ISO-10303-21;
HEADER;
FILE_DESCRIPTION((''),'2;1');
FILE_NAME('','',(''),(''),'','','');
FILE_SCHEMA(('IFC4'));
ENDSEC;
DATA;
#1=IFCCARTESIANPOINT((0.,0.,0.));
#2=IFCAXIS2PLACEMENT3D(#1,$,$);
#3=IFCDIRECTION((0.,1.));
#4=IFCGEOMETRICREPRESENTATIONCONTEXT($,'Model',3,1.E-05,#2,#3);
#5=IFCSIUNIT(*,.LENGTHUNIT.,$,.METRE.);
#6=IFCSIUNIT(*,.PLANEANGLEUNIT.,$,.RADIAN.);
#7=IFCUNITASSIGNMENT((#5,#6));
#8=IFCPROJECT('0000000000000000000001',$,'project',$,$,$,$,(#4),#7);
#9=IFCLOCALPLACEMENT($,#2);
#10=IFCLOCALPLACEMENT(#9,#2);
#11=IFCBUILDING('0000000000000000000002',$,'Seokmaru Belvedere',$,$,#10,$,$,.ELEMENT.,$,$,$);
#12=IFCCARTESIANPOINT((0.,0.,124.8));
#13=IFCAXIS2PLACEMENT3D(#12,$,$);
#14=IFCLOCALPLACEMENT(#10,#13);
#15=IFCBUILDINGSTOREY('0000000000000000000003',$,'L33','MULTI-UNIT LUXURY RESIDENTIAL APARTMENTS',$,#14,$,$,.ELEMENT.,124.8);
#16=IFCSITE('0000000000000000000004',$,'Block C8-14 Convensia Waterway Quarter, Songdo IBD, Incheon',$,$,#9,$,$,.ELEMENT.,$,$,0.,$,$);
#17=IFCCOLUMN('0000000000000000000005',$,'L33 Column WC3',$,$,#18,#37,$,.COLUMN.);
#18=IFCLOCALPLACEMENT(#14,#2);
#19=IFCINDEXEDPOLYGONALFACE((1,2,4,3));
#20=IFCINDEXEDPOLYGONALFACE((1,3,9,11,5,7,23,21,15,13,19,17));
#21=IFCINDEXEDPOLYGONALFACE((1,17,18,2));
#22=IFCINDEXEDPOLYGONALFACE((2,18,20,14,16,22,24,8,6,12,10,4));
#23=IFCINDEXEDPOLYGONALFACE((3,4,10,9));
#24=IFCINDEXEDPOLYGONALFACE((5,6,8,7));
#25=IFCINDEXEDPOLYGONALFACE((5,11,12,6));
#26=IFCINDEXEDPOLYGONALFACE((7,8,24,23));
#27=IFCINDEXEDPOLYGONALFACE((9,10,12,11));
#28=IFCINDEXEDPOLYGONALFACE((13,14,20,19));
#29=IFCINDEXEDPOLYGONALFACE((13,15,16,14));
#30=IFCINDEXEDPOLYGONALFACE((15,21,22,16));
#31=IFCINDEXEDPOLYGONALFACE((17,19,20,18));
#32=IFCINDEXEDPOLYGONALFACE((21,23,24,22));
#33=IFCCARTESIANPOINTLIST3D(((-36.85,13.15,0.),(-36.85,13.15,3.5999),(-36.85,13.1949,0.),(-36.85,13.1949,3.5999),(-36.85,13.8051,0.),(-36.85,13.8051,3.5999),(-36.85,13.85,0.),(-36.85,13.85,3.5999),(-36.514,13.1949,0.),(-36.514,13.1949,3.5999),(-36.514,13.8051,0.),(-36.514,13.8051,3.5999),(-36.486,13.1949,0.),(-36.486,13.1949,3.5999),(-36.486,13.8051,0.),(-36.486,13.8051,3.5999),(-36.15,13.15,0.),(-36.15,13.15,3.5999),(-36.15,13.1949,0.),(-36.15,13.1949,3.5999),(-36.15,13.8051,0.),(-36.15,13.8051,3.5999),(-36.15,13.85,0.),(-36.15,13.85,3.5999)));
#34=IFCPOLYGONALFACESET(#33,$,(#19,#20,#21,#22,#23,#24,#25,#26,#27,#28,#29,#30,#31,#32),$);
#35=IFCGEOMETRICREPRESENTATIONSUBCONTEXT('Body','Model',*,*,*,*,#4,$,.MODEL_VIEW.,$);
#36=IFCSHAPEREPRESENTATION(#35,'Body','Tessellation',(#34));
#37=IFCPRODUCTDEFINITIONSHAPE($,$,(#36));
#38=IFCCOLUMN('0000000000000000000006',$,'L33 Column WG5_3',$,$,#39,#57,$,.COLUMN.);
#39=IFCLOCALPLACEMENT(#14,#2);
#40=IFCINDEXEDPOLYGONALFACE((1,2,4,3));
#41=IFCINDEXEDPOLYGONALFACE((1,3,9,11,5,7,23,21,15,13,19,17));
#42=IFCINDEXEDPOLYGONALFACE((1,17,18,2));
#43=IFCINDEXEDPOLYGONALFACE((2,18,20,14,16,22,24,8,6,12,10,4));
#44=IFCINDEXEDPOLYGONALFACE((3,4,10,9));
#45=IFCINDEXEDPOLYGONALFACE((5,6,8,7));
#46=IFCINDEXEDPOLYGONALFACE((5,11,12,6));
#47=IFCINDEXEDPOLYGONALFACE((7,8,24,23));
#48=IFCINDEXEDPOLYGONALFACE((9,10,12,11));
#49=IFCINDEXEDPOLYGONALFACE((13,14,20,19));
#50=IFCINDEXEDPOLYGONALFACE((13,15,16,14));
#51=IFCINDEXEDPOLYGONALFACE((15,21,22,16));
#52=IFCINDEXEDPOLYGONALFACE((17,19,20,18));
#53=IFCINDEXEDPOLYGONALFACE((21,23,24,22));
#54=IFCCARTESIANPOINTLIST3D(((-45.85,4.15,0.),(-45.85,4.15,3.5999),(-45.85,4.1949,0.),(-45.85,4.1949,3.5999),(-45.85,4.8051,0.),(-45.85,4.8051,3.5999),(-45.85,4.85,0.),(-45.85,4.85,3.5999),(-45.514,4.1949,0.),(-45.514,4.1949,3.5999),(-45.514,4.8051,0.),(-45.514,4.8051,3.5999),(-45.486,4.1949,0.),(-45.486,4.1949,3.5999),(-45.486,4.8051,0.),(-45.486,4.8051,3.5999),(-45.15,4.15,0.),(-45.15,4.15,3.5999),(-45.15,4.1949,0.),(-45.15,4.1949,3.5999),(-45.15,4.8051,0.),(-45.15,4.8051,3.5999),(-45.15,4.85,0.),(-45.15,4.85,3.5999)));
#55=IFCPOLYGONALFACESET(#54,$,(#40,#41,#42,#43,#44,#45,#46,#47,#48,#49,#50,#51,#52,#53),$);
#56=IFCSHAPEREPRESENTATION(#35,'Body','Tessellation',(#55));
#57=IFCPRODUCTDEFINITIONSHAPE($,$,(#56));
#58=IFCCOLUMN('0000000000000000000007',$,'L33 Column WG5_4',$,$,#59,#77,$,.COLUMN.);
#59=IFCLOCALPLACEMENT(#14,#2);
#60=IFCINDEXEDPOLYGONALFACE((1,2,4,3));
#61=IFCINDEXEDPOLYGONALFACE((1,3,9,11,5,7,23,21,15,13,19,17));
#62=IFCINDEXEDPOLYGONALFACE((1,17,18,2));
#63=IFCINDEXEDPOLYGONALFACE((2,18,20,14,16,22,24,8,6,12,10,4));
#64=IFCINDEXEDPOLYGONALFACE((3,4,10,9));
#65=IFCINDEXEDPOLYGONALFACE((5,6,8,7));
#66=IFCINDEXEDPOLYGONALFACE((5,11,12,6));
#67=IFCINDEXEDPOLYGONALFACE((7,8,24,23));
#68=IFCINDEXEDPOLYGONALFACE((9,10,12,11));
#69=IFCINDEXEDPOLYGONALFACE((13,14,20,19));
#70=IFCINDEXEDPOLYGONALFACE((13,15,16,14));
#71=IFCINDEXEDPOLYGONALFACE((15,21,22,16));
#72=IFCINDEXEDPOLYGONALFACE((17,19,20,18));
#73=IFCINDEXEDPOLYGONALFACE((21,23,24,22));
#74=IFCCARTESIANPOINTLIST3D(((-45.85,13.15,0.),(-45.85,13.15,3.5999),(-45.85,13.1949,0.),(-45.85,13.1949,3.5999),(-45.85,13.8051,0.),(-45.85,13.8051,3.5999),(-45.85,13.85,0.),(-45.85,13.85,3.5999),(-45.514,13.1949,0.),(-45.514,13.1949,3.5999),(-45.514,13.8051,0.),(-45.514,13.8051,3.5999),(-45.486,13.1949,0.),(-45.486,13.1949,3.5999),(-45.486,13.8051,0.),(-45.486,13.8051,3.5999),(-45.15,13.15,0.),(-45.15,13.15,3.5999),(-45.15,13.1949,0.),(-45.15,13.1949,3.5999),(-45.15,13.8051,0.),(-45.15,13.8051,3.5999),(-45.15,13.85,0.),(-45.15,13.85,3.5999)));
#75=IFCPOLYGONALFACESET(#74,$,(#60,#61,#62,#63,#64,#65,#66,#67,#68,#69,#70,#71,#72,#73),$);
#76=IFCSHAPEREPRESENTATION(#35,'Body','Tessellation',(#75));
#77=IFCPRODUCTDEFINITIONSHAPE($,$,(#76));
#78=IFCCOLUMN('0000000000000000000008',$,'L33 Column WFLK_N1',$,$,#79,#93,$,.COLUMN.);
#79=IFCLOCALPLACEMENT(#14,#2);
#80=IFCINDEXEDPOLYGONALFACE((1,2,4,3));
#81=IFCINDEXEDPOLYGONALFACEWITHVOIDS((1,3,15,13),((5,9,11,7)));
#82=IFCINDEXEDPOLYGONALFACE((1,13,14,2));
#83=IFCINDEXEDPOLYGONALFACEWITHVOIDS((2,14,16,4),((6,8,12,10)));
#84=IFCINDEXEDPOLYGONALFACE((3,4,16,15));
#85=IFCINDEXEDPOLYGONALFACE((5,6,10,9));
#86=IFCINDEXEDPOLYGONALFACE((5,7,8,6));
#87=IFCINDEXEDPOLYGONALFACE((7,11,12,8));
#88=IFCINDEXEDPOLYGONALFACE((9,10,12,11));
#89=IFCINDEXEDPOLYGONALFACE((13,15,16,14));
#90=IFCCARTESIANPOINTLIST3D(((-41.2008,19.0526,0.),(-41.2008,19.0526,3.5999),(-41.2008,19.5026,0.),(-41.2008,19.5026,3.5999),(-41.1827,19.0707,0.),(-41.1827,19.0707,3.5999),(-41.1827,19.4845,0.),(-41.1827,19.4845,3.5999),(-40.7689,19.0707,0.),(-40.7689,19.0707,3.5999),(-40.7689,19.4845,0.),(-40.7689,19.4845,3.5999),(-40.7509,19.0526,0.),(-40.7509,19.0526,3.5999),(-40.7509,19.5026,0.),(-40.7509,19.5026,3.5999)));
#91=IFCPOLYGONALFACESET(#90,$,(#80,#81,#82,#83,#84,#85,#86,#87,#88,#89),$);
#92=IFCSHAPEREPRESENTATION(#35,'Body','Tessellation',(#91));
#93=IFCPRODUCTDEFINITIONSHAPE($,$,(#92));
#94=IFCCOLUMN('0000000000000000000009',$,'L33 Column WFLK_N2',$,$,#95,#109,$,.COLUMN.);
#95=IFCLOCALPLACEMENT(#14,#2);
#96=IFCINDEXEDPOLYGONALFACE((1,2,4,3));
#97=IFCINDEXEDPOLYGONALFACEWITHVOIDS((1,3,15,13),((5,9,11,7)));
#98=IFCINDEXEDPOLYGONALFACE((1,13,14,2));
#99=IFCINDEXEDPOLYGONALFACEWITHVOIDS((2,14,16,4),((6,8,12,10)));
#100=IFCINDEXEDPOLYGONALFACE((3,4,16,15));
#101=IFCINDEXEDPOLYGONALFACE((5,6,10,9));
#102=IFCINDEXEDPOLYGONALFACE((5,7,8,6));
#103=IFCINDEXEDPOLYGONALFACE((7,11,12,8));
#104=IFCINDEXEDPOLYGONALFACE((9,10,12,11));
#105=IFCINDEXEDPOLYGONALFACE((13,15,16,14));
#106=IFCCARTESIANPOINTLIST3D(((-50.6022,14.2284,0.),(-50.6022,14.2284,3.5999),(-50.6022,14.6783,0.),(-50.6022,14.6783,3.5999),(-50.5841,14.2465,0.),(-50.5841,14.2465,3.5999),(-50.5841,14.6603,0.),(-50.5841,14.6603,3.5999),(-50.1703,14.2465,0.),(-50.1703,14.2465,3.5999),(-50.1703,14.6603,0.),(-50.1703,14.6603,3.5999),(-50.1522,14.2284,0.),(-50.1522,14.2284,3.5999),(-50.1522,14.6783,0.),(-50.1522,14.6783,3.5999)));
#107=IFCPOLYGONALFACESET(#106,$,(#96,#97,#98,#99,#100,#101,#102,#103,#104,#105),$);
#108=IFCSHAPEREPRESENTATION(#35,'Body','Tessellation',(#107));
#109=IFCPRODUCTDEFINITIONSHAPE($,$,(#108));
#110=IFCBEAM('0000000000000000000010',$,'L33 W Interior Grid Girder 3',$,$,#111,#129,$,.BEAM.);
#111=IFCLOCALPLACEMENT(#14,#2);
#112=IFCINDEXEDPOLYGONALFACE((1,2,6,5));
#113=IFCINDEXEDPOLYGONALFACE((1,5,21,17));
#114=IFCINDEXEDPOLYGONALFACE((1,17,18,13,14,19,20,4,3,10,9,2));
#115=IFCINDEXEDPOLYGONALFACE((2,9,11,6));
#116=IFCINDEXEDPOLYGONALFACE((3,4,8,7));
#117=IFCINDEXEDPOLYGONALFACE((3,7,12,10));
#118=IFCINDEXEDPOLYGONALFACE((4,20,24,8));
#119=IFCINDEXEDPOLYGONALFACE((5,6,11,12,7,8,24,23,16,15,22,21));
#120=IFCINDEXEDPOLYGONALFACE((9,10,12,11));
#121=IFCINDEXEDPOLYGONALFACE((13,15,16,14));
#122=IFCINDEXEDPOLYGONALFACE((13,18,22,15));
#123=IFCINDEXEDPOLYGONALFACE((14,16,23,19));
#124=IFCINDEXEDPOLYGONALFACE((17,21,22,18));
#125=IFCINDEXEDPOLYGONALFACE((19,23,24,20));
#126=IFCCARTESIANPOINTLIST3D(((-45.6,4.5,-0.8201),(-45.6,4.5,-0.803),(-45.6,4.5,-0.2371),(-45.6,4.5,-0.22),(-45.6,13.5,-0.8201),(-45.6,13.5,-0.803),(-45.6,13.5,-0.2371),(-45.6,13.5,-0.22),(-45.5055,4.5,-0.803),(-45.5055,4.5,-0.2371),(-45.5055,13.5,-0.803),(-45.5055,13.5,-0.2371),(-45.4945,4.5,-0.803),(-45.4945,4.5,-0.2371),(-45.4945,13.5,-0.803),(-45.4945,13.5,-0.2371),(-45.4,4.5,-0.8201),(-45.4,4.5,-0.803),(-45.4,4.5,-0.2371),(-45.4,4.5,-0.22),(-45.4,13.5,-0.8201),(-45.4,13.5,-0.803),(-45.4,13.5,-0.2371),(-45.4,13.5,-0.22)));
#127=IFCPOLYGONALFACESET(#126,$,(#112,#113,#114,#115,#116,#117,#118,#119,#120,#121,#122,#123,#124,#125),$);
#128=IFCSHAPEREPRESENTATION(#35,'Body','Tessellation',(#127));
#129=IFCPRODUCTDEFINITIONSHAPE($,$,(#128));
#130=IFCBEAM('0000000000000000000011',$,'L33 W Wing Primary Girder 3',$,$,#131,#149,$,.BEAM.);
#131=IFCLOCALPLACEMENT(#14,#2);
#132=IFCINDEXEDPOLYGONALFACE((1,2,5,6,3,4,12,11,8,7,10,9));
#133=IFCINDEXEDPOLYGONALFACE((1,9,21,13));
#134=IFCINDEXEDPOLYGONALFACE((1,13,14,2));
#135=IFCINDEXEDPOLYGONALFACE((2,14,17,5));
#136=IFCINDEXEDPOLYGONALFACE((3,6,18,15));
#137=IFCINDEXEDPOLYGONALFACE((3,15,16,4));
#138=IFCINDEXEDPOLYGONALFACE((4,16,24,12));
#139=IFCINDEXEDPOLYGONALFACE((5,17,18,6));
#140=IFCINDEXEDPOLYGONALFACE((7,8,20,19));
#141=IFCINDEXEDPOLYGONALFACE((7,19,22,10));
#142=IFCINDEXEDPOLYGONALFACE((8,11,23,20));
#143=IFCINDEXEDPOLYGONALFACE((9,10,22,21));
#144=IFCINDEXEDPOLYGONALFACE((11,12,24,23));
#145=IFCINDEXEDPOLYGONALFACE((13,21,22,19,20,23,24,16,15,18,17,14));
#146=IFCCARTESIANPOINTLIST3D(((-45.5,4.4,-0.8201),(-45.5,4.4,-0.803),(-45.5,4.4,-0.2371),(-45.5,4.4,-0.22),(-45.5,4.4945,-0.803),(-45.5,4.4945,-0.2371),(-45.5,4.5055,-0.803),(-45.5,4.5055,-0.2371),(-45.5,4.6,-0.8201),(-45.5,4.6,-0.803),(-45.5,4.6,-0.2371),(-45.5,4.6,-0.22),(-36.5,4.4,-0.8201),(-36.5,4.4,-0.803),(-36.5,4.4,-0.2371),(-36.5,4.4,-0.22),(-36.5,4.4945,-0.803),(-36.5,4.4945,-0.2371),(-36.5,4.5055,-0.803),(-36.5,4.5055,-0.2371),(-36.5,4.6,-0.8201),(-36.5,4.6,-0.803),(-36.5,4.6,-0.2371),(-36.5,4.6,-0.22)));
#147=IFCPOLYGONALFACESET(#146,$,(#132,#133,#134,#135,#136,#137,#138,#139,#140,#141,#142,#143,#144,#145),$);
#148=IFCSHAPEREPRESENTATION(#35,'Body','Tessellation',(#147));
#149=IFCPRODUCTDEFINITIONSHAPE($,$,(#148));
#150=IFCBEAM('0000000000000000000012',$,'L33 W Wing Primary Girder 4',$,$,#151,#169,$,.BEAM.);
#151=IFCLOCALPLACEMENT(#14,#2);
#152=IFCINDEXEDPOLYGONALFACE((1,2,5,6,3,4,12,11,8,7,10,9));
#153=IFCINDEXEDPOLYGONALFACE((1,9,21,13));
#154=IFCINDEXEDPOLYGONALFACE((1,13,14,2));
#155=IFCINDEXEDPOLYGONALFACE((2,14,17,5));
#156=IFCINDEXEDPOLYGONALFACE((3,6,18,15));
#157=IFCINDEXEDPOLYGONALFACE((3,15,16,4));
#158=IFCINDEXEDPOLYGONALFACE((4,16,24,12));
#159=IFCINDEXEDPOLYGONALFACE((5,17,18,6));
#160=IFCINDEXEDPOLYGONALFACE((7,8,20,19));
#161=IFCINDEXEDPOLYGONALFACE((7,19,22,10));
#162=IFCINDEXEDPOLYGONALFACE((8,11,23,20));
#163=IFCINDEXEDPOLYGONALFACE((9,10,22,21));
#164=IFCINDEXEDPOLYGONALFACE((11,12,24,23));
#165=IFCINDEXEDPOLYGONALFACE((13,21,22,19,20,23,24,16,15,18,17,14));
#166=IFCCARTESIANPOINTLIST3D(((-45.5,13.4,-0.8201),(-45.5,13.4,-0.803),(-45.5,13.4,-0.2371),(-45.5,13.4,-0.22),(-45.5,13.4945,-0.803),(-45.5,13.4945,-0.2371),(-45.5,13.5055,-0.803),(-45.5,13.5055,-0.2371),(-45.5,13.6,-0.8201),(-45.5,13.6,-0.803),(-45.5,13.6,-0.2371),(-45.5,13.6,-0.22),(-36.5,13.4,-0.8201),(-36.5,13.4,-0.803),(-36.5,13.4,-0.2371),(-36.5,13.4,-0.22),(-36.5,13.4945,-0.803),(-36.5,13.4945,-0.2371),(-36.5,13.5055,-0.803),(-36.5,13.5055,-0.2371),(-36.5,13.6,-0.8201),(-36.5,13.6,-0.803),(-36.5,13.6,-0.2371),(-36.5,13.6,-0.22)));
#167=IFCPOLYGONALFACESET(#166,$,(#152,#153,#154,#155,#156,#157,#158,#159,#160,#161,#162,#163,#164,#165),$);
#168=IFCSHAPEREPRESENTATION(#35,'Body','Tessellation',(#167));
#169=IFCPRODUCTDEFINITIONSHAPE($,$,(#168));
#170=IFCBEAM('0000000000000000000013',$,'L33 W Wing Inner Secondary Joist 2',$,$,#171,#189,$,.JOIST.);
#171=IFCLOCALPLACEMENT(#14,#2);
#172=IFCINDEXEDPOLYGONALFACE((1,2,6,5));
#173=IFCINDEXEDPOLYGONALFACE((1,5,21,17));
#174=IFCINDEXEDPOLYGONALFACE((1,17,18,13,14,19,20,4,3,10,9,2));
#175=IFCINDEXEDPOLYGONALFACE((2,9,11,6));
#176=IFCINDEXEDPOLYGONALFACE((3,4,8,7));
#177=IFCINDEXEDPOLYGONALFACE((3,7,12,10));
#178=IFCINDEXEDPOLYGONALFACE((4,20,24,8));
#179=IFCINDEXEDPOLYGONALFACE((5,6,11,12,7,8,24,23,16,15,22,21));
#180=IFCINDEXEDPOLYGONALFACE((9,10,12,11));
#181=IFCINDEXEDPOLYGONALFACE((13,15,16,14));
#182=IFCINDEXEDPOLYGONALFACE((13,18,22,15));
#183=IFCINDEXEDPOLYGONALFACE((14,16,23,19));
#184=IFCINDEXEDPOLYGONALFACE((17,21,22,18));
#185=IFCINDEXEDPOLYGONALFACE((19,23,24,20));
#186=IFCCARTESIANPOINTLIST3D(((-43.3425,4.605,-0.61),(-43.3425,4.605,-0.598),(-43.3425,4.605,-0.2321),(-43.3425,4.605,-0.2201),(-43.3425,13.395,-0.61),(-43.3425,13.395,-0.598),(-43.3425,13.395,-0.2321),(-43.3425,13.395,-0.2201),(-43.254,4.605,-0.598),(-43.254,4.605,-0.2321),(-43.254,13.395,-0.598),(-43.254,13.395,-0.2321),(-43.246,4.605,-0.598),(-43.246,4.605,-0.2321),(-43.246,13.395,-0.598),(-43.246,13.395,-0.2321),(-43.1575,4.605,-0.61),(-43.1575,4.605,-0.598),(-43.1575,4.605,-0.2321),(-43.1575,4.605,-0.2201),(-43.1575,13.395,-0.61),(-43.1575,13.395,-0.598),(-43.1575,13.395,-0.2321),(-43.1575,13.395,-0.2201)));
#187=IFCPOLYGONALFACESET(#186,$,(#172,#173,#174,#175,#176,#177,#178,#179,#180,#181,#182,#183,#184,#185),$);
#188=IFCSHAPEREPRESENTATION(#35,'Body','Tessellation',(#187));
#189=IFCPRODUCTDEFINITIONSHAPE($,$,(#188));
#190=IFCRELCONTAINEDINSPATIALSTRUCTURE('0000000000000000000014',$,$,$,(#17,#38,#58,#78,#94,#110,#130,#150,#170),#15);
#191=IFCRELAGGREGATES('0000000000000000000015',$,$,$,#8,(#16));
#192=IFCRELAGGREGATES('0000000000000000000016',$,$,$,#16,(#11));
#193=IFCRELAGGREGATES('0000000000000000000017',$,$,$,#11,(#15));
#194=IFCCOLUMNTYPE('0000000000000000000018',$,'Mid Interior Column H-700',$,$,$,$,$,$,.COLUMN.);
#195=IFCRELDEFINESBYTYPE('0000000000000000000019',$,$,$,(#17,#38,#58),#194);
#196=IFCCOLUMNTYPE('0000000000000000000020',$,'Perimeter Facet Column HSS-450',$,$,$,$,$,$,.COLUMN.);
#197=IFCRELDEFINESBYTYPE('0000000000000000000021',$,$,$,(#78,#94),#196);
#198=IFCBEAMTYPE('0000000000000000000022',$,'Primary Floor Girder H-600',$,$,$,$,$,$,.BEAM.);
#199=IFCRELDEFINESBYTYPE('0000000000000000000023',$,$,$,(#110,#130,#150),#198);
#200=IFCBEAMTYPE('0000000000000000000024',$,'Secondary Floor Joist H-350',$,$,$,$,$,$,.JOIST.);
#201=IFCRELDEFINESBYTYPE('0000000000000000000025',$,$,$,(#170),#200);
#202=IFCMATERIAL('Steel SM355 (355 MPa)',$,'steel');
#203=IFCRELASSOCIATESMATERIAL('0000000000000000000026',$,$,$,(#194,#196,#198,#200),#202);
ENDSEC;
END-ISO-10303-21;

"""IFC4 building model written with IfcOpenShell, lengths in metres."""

from ifc_helpers import new_model, si_unit, direction, frame, origin, origin_2d, place, context, subcontext, project, spatial, hollow_rectangle, i_section, extrude, source, transform, mapped, material, material_profile, profile_set, type_object, type_shapes, element, save


model = new_model("IFC4")

# Units and contexts
model_context = context("Model", 3, precision=1e-05, world=origin(), true_north=direction((0.0, 1.0)))
body_context = subcontext(model_context, "Body", "Model", "MODEL_VIEW")
ifc_project = project(units=[si_unit("LENGTHUNIT", "METRE"), si_unit("PLANEANGLEUNIT", "RADIAN")], contexts=[model_context])

# Site, building, storey
site_placement = place(None, origin())
site = spatial("IfcSite", under=ifc_project, at=site_placement, Name="Block C8-14 Convensia Waterway Quarter, Songdo IBD, Incheon", CompositionType="ELEMENT", RefElevation=0.0)
building_placement = place(site_placement, origin())
building = spatial("IfcBuilding", under=site, at=building_placement, Name="Seokmaru Belvedere", CompositionType="ELEMENT")
storey_placement = place(building_placement, frame((0.0, 0.0, 124.8)))
storey = spatial("IfcBuildingStorey", under=building, at=storey_placement, Name="L33", Description="MULTI-UNIT LUXURY RESIDENTIAL APARTMENTS", CompositionType="ELEMENT", Elevation=124.8)

# Columns
ifc_material_1 = material(Name="Steel SM355 (355 MPa)", Category="steel")
ifc_material_profile_1 = material_profile(ifc_material_1, i_section(OverallWidth=0.7, OverallDepth=0.7, WebThickness=0.0281, FlangeThickness=0.0449, at=origin_2d()), Name="H-700x700x28x45")
ifc_profile_set_1 = profile_set([ifc_material_profile_1], Name="Steel SM355 (355 MPa)")
column_type_1 = type_object("IfcColumnType", Name="Mid Interior Column H-700", PredefinedType="COLUMN", material=ifc_profile_set_1)
shared_shape_1 = source(origin(), body_context, "Body", "SweptSolid", [
    extrude(i_section(OverallWidth=0.7, OverallDepth=0.7, WebThickness=0.0281, FlangeThickness=0.0449, at=origin_2d()), origin(), (0.0, 0.0, 1.0), 3.5999),
])
type_shapes(column_type_1, [shared_shape_1])
for number, where, z_axis, x_axis, name in (
    (1, (-36.5, 13.5, 0.0), (0.0, 0.0, 1.0), (1.0, 0.0, 0.0), "L33 Column WC3"),
    (2, (-45.5, 4.5, 0.0), (0.0, 0.0, 1.0), (1.0, 0.0, 0.0), "L33 Column WG5_3"),
    (3, (-45.5, 13.5, 0.0), (0.0, 0.0, 1.0), (1.0, 0.0, 0.0), "L33 Column WG5_4"),
):
    element("IfcColumn", number, at=place(storey_placement, frame(where, z_axis=z_axis, x_axis=x_axis)), inside=storey, type_object=column_type_1, Name=name, PredefinedType="COLUMN", context=body_context, shape_type="MappedRepresentation", body=[
        mapped(shared_shape_1, transform((0.0, 0.0, 0.0), scale=1.0)),
    ])
ifc_material_profile_2 = material_profile(ifc_material_1, hollow_rectangle(XDim=0.45, YDim=0.45, WallThickness=0.0181, at=origin_2d()), Name="HSS-450x450x18")
ifc_profile_set_2 = profile_set([ifc_material_profile_2], Name="Steel SM355 (355 MPa)")
column_type_2 = type_object("IfcColumnType", Name="Perimeter Facet Column HSS-450", PredefinedType="COLUMN", material=ifc_profile_set_2)
shared_shape_2 = source(origin(), body_context, "Body", "SweptSolid", [
    extrude(hollow_rectangle(XDim=0.45, YDim=0.45, WallThickness=0.0181, at=origin_2d()), origin(), (0.0, 0.0, 1.0), 3.5999),
])
type_shapes(column_type_2, [shared_shape_2])
for number, where, z_axis, x_axis, name in (
    (4, (-40.9758, 19.2776, 0.0), (0.0, 0.0, 1.0), (1.0, 0.0, 0.0), "L33 Column WFLK_N1"),
    (5, (-50.3772, 14.4534, 0.0), (0.0, 0.0, 1.0), (1.0, 0.0, 0.0), "L33 Column WFLK_N2"),
):
    element("IfcColumn", number, at=place(storey_placement, frame(where, z_axis=z_axis, x_axis=x_axis)), inside=storey, type_object=column_type_2, Name=name, PredefinedType="COLUMN", context=body_context, shape_type="MappedRepresentation", body=[
        mapped(shared_shape_2, transform((0.0, 0.0, 0.0), scale=1.0)),
    ])

# Beams
ifc_material_profile_3 = material_profile(ifc_material_1, i_section(OverallWidth=0.2, OverallDepth=0.6001, WebThickness=0.011, FlangeThickness=0.0171, at=origin_2d()), Name="H-600x200x11x17")
ifc_profile_set_3 = profile_set([ifc_material_profile_3], Name="Steel SM355 (355 MPa)")
beam_type_1 = type_object("IfcBeamType", Name="Primary Floor Girder H-600", PredefinedType="BEAM", material=ifc_profile_set_3)
shared_shape_3 = source(origin(), body_context, "Body", "SweptSolid", [
    extrude(i_section(OverallWidth=0.2, OverallDepth=0.6001, WebThickness=0.011, FlangeThickness=0.0171, at=origin_2d()), origin(), (0.0, 0.0, 1.0), 9.0),
])
for number, where, z_axis, x_axis, name in (
    (6, (-45.5, 4.5, -0.52), (0.0, 1.0, 0.0), (-1.0, 0.0, 0.0), "L33 W Interior Grid Girder 3"),
    (7, (-45.5, 4.5, -0.52), (1.0, 0.0, 0.0), (0.0, 1.0, 0.0), "L33 W Wing Primary Girder 3"),
    (8, (-45.5, 13.5, -0.52), (1.0, 0.0, 0.0), (0.0, 1.0, 0.0), "L33 W Wing Primary Girder 4"),
):
    element("IfcBeam", number, at=place(storey_placement, frame(where, z_axis=z_axis, x_axis=x_axis)), inside=storey, type_object=beam_type_1, Name=name, PredefinedType="BEAM", context=body_context, shape_type="MappedRepresentation", body=[
        mapped(shared_shape_3, transform((0.0, 0.0, 0.0), scale=1.0)),
    ])
ifc_material_profile_4 = material_profile(ifc_material_1, i_section(OverallWidth=0.1851, OverallDepth=0.3899, WebThickness=0.0081, FlangeThickness=0.012, at=origin_2d()), Name="H-390x185x8x12")
ifc_profile_set_4 = profile_set([ifc_material_profile_4], Name="Steel SM355 (355 MPa)")
beam_type_2 = type_object("IfcBeamType", Name="Secondary Floor Joist H-350", PredefinedType="JOIST", material=ifc_profile_set_4)
shared_shape_4 = source(origin(), body_context, "Body", "SweptSolid", [
    extrude(i_section(OverallWidth=0.1851, OverallDepth=0.3899, WebThickness=0.0081, FlangeThickness=0.012, at=origin_2d()), origin(), (0.0, 0.0, 1.0), 8.79),
])
type_shapes(beam_type_2, [shared_shape_4])
for number, where, z_axis, x_axis, name in (
    (9, (-43.25, 4.605, -0.415), (0.0, 1.0, 0.0), (-1.0, 0.0, 0.0), "L33 W Wing Inner Secondary Joist 2"),
):
    element("IfcBeam", number, at=place(storey_placement, frame(where, z_axis=z_axis, x_axis=x_axis)), inside=storey, type_object=beam_type_2, Name=name, PredefinedType="JOIST", context=body_context, shape_type="MappedRepresentation", body=[
        mapped(shared_shape_4, transform((0.0, 0.0, 0.0), scale=1.0)),
    ])

save(model, "model.ifc")
